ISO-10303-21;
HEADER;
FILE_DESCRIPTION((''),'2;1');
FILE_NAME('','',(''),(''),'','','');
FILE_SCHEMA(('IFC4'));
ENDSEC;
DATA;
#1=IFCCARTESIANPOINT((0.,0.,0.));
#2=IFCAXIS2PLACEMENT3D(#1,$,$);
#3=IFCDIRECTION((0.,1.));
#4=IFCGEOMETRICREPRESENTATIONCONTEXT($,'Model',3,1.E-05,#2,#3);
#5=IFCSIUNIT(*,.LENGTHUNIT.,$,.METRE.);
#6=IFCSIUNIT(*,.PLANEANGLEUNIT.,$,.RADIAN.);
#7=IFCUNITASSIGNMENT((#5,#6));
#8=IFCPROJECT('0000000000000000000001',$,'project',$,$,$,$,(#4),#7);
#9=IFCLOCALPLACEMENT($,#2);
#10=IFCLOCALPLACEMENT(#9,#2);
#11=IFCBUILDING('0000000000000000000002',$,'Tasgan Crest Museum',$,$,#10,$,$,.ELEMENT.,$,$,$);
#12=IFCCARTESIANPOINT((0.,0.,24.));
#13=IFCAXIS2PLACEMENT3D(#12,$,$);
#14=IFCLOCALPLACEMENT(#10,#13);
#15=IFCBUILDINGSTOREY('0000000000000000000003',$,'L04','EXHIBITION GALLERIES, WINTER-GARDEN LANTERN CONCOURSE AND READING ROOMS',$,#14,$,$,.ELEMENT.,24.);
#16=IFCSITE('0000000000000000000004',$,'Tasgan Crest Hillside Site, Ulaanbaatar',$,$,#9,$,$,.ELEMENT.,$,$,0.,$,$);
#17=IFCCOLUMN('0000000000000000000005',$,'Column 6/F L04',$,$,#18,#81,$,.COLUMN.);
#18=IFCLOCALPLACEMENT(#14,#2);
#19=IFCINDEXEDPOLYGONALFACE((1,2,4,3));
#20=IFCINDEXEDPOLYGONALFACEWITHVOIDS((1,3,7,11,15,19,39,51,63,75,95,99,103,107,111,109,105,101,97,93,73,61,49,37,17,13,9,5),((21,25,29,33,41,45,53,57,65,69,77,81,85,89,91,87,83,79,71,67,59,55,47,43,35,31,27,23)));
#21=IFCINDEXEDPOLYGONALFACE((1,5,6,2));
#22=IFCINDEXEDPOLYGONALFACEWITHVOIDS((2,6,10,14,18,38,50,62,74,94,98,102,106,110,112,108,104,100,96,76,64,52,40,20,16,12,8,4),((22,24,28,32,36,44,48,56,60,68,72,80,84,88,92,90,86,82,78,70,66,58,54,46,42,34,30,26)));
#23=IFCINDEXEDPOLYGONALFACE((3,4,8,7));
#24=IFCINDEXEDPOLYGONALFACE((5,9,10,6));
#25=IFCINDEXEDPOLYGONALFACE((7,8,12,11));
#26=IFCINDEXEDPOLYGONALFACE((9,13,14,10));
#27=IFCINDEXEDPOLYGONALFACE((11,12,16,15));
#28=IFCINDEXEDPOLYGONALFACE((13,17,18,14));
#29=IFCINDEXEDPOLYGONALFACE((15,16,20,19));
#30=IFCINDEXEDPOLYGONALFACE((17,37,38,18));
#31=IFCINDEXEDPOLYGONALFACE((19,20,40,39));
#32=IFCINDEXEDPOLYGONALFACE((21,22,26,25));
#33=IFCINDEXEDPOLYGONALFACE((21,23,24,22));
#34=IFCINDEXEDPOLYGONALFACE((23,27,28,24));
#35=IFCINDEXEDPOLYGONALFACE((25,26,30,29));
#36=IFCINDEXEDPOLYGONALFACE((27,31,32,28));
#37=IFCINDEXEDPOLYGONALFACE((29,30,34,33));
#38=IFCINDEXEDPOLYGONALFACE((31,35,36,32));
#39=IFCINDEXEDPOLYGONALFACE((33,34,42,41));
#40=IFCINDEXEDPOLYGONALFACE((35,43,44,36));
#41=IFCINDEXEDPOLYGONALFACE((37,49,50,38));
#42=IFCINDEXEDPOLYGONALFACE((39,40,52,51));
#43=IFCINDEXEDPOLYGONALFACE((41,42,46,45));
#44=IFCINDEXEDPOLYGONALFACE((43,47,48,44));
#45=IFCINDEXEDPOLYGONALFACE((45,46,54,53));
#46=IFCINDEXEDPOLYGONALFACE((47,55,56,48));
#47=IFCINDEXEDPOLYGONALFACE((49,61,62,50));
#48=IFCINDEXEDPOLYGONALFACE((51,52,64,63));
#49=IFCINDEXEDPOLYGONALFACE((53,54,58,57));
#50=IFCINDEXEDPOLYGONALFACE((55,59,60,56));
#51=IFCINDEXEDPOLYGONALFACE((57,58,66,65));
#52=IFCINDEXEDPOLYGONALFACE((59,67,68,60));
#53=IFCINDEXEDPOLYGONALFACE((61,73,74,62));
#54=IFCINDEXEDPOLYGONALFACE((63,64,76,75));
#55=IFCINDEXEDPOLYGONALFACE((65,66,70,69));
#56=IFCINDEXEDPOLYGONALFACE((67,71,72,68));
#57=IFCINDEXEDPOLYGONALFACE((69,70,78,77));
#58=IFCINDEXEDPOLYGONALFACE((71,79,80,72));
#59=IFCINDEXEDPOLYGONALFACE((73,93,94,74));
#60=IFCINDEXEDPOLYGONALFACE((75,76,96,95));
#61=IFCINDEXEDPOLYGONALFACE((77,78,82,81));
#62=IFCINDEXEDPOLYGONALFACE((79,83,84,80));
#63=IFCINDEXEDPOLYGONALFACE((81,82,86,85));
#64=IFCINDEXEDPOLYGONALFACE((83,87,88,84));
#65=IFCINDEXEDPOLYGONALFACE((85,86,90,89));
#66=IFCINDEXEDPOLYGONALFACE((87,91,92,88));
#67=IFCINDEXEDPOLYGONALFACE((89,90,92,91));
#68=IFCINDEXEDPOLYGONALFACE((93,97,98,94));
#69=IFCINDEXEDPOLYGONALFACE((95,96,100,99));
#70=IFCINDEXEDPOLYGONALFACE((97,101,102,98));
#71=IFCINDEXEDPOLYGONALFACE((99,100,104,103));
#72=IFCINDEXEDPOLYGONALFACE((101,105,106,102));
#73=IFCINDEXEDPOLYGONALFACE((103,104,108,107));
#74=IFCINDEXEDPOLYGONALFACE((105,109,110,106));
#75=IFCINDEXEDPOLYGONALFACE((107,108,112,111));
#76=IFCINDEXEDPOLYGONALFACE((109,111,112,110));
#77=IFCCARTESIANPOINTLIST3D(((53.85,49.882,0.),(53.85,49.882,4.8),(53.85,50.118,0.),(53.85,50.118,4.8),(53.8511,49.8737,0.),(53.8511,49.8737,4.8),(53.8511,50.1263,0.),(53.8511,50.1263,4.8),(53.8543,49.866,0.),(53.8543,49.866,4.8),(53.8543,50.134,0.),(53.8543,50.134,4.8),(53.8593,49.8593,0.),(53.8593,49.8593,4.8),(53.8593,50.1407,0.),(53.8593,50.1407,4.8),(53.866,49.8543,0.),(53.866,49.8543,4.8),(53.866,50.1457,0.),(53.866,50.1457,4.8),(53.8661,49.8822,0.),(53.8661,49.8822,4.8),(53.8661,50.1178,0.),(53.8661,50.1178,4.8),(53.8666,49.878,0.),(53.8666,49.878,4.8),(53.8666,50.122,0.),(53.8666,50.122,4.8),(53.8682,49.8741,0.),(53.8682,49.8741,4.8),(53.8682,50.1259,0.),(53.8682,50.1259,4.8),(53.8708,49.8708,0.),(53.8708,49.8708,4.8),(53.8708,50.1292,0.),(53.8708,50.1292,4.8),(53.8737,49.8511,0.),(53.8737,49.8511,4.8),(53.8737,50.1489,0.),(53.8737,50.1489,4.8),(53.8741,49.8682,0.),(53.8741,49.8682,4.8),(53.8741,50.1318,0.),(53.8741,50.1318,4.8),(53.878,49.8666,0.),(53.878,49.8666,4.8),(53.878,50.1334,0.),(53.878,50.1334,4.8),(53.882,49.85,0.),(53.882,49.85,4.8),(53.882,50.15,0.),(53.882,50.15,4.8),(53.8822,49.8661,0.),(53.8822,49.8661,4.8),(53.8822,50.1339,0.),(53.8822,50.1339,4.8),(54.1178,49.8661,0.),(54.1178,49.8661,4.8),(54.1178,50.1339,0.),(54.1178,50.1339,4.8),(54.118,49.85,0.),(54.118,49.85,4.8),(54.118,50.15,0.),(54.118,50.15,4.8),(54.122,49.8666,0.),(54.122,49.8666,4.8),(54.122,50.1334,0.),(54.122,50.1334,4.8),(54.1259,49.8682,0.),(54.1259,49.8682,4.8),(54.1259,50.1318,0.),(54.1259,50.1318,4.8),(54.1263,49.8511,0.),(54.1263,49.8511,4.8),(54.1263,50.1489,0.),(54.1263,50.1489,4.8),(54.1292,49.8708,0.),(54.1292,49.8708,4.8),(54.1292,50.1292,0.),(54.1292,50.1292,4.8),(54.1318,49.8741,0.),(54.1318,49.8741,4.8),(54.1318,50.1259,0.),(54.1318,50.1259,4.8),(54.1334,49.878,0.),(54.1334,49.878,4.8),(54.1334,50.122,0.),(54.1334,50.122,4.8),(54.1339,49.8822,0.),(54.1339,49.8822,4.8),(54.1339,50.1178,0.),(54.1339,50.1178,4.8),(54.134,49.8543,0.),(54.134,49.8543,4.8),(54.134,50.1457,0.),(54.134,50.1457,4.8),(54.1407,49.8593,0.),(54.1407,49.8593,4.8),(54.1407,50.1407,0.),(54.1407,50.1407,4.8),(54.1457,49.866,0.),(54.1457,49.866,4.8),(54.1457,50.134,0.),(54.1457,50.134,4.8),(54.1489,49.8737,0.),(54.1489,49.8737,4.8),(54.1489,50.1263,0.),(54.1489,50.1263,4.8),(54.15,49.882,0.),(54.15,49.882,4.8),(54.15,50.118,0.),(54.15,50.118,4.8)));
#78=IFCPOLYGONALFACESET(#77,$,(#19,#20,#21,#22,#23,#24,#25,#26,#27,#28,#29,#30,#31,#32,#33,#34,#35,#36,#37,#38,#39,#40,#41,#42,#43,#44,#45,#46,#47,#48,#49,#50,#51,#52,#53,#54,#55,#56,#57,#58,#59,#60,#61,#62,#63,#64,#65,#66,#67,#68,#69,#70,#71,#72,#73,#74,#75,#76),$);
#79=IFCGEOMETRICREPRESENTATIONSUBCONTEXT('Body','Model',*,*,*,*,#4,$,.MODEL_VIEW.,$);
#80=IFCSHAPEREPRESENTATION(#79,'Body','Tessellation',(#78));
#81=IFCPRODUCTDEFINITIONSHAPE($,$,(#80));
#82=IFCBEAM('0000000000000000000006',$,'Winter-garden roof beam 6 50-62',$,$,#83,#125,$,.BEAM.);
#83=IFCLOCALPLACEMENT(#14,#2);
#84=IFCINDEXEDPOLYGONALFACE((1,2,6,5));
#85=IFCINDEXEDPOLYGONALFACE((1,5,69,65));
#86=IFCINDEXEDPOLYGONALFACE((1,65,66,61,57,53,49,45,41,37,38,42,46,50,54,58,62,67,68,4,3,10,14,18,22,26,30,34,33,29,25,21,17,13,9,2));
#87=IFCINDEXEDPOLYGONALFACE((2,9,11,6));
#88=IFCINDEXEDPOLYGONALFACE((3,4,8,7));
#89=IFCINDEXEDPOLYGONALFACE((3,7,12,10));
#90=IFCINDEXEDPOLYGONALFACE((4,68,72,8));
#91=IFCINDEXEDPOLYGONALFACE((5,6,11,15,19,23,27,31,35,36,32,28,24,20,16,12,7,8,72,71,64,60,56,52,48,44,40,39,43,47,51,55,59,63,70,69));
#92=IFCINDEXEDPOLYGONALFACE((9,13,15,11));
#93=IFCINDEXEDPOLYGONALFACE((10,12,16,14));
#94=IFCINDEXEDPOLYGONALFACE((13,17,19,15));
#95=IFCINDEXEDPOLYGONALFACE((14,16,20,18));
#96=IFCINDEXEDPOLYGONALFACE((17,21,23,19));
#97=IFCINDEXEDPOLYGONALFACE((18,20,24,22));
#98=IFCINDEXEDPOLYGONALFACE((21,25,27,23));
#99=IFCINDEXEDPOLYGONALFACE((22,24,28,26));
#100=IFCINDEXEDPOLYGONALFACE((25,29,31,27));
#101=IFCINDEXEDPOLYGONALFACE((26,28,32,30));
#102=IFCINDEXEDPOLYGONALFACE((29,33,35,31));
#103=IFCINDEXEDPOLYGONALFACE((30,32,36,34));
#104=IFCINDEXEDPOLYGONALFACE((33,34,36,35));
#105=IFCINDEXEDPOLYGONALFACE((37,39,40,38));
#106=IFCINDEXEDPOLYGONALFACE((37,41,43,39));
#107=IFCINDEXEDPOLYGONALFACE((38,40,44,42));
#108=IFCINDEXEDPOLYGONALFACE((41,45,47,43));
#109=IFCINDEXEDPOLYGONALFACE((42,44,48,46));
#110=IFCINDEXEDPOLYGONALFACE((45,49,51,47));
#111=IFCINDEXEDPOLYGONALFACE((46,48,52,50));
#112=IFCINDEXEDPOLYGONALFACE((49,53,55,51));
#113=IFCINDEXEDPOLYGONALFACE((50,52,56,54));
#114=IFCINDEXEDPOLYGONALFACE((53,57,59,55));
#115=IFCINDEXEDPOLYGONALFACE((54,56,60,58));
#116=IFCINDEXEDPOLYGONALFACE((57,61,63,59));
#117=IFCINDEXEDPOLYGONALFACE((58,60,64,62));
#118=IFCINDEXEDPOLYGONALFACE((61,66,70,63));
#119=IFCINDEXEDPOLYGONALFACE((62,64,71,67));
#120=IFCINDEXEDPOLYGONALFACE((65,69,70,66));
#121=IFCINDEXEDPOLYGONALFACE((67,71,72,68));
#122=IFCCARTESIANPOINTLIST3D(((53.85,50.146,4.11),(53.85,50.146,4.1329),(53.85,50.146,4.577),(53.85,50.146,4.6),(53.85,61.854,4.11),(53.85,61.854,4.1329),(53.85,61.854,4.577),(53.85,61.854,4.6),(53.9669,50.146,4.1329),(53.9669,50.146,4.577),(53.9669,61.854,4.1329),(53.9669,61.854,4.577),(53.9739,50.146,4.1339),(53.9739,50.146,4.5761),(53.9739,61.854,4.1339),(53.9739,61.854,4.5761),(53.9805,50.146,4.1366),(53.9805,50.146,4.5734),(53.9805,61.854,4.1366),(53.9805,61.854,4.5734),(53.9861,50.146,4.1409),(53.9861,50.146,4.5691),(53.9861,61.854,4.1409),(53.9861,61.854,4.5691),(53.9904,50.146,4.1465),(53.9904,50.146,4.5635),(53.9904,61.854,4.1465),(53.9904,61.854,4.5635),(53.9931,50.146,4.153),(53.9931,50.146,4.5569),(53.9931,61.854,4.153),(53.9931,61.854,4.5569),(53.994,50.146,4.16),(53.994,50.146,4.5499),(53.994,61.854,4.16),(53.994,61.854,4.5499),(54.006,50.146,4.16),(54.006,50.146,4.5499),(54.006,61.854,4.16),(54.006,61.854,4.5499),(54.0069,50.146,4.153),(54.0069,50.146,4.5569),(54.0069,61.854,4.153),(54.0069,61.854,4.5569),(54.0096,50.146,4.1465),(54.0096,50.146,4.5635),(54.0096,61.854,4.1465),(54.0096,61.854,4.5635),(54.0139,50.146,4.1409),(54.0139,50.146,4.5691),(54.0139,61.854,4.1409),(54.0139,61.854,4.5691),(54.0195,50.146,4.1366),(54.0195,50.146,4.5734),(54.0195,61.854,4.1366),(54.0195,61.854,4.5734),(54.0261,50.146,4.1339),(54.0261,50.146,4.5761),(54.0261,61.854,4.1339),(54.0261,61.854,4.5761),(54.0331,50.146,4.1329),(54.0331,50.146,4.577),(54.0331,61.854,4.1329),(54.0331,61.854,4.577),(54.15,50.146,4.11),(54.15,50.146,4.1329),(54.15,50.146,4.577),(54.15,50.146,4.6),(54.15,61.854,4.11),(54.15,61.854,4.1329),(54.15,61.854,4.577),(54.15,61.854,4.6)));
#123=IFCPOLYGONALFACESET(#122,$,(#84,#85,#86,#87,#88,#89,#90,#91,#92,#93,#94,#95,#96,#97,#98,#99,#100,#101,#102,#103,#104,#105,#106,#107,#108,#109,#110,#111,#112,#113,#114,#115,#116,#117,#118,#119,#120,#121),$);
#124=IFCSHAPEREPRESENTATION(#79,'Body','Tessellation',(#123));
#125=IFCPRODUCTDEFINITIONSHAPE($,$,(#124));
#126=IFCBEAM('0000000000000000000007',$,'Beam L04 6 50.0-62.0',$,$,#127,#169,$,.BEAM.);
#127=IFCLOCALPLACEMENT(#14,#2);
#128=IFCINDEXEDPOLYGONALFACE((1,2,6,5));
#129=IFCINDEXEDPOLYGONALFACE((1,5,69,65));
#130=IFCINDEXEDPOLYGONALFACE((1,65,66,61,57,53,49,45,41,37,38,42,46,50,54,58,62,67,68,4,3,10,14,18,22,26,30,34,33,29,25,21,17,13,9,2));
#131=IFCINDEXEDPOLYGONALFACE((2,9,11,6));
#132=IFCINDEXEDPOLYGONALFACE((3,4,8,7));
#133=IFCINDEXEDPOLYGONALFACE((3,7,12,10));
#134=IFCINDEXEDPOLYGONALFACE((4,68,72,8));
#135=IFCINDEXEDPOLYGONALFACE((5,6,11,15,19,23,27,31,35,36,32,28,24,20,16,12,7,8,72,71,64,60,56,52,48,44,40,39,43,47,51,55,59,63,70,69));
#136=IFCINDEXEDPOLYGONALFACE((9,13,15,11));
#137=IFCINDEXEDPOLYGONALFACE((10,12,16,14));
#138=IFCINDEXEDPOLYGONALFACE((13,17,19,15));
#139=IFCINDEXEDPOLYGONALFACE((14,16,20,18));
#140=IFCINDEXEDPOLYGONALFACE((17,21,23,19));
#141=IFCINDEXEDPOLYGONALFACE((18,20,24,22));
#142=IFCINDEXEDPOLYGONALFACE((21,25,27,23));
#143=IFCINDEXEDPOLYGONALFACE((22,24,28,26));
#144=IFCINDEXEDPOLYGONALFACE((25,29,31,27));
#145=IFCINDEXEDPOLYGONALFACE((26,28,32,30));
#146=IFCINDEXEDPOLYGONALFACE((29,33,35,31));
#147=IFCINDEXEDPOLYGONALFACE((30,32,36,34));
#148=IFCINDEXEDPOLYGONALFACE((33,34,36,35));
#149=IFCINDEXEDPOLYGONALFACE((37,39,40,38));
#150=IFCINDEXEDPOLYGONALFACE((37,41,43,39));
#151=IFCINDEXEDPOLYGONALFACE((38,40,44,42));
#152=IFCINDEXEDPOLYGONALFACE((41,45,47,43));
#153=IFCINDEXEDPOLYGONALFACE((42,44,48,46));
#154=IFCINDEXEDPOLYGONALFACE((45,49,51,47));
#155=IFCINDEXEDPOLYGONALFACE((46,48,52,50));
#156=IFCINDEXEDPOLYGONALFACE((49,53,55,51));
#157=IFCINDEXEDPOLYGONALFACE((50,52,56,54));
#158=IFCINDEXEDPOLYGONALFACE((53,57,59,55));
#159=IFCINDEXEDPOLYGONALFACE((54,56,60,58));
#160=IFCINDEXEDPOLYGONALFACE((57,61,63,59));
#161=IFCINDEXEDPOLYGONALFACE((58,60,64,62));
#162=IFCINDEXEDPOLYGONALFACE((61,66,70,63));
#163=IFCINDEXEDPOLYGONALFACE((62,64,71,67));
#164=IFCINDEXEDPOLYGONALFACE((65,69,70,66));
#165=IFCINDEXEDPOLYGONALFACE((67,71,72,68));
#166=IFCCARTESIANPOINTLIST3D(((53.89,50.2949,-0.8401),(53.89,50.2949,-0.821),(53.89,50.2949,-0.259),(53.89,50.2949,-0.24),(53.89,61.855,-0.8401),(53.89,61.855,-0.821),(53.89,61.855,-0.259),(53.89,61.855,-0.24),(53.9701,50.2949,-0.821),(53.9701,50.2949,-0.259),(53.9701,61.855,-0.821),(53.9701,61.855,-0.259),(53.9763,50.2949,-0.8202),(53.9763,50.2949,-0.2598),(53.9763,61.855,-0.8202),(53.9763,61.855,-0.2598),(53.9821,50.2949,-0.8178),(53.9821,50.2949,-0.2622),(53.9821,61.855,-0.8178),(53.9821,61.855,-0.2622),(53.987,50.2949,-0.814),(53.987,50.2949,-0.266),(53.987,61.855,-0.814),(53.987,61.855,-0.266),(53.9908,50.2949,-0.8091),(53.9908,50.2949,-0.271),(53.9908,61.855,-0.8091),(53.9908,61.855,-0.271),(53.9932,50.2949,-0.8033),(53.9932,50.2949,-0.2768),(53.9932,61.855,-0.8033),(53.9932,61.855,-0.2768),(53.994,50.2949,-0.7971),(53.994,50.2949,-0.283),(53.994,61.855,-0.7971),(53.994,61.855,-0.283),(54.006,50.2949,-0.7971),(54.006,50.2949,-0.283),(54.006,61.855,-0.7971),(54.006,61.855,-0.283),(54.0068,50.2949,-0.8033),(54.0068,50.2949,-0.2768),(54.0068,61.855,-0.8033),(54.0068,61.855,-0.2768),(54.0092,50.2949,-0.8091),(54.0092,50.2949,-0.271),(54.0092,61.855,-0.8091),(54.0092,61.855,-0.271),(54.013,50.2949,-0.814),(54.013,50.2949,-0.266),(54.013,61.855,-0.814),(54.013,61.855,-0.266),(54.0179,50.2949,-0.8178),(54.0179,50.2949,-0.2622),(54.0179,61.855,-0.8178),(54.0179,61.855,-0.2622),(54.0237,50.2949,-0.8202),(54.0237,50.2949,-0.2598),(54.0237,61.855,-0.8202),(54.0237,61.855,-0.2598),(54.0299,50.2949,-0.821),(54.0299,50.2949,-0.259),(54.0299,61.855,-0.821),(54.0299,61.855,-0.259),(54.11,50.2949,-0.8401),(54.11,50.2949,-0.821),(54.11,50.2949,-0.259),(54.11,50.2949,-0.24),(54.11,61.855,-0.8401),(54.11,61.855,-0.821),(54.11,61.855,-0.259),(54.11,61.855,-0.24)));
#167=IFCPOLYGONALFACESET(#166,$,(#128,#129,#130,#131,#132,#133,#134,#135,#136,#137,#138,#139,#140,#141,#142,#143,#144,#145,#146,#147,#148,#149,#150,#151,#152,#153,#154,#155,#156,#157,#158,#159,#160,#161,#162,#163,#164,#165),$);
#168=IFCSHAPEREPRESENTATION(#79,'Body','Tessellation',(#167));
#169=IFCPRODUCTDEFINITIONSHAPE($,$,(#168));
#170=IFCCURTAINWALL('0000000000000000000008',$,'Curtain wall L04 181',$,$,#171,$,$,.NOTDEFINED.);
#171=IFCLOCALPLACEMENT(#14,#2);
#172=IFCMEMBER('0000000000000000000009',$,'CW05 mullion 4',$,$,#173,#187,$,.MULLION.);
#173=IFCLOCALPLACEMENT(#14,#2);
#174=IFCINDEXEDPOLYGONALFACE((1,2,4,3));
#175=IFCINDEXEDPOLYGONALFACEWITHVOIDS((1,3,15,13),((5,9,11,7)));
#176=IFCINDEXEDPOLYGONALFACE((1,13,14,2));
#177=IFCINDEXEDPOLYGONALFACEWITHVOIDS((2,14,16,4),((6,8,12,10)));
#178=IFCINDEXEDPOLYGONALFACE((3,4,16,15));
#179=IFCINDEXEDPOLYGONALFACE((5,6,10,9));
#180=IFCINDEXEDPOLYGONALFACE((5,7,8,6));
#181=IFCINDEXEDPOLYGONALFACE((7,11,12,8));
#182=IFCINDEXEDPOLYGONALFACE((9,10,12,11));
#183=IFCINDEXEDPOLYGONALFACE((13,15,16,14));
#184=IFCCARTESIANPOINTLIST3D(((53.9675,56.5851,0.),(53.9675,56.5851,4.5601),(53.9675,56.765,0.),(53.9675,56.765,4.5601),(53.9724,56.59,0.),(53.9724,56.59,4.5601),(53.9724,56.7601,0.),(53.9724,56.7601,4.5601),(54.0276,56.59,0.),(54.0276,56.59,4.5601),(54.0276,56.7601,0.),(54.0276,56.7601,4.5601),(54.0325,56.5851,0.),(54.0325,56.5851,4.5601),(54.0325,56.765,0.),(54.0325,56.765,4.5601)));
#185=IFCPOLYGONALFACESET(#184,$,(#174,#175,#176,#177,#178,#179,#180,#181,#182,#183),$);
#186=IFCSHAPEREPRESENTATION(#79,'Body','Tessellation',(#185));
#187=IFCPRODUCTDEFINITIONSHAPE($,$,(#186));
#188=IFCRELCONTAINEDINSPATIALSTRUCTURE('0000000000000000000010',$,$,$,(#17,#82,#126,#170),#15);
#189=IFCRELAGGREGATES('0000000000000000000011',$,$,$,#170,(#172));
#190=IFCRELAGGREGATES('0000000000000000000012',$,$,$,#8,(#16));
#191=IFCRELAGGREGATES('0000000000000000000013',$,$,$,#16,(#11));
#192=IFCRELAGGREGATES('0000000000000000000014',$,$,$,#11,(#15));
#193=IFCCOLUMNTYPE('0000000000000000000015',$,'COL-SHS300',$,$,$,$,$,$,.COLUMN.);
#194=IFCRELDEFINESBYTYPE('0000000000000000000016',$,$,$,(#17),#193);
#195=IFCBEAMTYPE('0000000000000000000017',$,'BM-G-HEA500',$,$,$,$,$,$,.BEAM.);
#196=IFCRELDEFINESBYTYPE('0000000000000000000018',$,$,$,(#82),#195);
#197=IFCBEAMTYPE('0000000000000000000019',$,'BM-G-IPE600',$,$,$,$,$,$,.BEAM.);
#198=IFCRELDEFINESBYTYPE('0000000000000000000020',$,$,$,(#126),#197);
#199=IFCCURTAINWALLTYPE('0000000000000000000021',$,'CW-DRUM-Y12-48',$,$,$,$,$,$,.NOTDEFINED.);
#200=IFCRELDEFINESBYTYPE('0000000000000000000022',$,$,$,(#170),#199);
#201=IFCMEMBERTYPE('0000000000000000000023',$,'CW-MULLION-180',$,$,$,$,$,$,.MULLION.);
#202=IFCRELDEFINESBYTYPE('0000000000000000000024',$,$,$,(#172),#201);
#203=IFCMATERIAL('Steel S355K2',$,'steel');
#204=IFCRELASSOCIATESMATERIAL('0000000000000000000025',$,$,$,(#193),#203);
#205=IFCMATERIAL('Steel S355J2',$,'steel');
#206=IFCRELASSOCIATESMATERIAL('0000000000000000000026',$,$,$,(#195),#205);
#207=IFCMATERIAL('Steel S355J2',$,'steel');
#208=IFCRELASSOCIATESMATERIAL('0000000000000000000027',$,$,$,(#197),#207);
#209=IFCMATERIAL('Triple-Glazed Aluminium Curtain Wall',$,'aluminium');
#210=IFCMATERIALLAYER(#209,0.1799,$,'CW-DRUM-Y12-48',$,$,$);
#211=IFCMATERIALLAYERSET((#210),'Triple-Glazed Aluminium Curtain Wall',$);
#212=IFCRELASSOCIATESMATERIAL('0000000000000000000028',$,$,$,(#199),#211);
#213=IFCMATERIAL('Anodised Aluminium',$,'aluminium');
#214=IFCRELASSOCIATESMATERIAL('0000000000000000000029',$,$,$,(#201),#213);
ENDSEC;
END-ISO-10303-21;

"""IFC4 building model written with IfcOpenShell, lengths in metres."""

from ifc_helpers import new_model, si_unit, direction, frame, origin, origin_2d, place, context, subcontext, project, spatial, hollow_rectangle, i_section, extrude, material, layer, layer_set, material_profile, profile_set, type_object, element, aggregate, save


model = new_model("IFC4")

# Units and contexts
model_context = context("Model", 3, precision=1e-05, world=origin(), true_north=direction((0.0, 1.0)))
body_context = subcontext(model_context, "Body", "Model", "MODEL_VIEW")
ifc_project = project(units=[si_unit("LENGTHUNIT", "METRE"), si_unit("PLANEANGLEUNIT", "RADIAN")], contexts=[model_context])

# Site, building, storey
site_placement = place(None, origin())
site = spatial("IfcSite", under=ifc_project, at=site_placement, Name="Tasgan Crest Hillside Site, Ulaanbaatar", CompositionType="ELEMENT", RefElevation=0.0)
building_placement = place(site_placement, origin())
building = spatial("IfcBuilding", under=site, at=building_placement, Name="Tasgan Crest Museum", CompositionType="ELEMENT")
storey_placement = place(building_placement, frame((0.0, 0.0, 24.0)))
storey = spatial("IfcBuildingStorey", under=building, at=storey_placement, Name="L04", Description="EXHIBITION GALLERIES, WINTER-GARDEN LANTERN CONCOURSE AND READING ROOMS", CompositionType="ELEMENT", Elevation=24.0)

# Column
ifc_material_1 = material(Name="Steel S355K2", Category="steel")
ifc_material_profile_1 = material_profile(ifc_material_1, hollow_rectangle(XDim=0.3, YDim=0.3, WallThickness=0.0161, InnerFilletRadius=0.0161, OuterFilletRadius=0.032, at=origin_2d()), Name="SHS 300x300x16")
ifc_profile_set_1 = profile_set([ifc_material_profile_1], Name="Steel S355K2")
column_type = type_object("IfcColumnType", Name="COL-SHS300", PredefinedType="COLUMN", material=ifc_profile_set_1)
column_placement = place(storey_placement, frame((54.0, 50.0, 0.0), z_axis=(0.0, 0.0, 1.0), x_axis=(1.0, 0.0, 0.0)))
element("IfcColumn", 1, at=column_placement, inside=storey, type_object=column_type, Name="Column 6/F L04", PredefinedType="COLUMN", context=body_context, shape_type="SweptSolid", body=[
    extrude(hollow_rectangle(XDim=0.3, YDim=0.3, WallThickness=0.0161, InnerFilletRadius=0.0161, OuterFilletRadius=0.032, at=origin_2d()), origin(), (0.0, 0.0, 1.0), 4.8),
])

# Beams
ifc_material_2 = material(Name="Steel S355J2", Category="steel")
ifc_material_profile_2 = material_profile(ifc_material_2, i_section(OverallWidth=0.3, OverallDepth=0.49, WebThickness=0.012, FlangeThickness=0.0229, FilletRadius=0.0271, at=origin_2d()), Name="HEA 500")
ifc_profile_set_2 = profile_set([ifc_material_profile_2], Name="Steel S355J2")
beam_type_1 = type_object("IfcBeamType", Name="BM-G-HEA500", PredefinedType="BEAM", material=ifc_profile_set_2)
beam_1_placement = place(storey_placement, frame((54.0, 50.146, 4.355), z_axis=(0.0, 1.0, 0.0), x_axis=(-1.0, 0.0, 0.0)))
element("IfcBeam", 2, at=beam_1_placement, inside=storey, type_object=beam_type_1, Name="Winter-garden roof beam 6 50-62", PredefinedType="BEAM", context=body_context, shape_type="SweptSolid", body=[
    extrude(i_section(OverallWidth=0.3, OverallDepth=0.49, WebThickness=0.012, FlangeThickness=0.0229, FilletRadius=0.0271, at=origin_2d()), origin(), (0.0, 0.0, 1.0), 11.708),
])
ifc_material_3 = material(Name="Steel S355J2", Category="steel")
ifc_material_profile_3 = material_profile(ifc_material_3, i_section(OverallWidth=0.22, OverallDepth=0.6001, WebThickness=0.012, FlangeThickness=0.019, FilletRadius=0.0239, at=origin_2d()), Name="IPE 600")
ifc_profile_set_3 = profile_set([ifc_material_profile_3], Name="Steel S355J2")
beam_type_2 = type_object("IfcBeamType", Name="BM-G-IPE600", PredefinedType="BEAM", material=ifc_profile_set_3)
beam_2_placement = place(storey_placement, frame((54.0, 50.2949, -0.54), z_axis=(0.0, 1.0, 0.0), x_axis=(-1.0, 0.0, 0.0)))
element("IfcBeam", 3, at=beam_2_placement, inside=storey, type_object=beam_type_2, Name="Beam L04 6 50.0-62.0", PredefinedType="BEAM", context=body_context, shape_type="SweptSolid", body=[
    extrude(i_section(OverallWidth=0.22, OverallDepth=0.6001, WebThickness=0.012, FlangeThickness=0.019, FilletRadius=0.0239, at=origin_2d()), origin(), (0.0, 0.0, 1.0), 11.5601),
])

# Curtain wall, member
ifc_material_4 = material(Name="Triple-Glazed Aluminium Curtain Wall", Category="aluminium")
ifc_layer_1 = layer(ifc_material_4, 0.1799, Name="CW-DRUM-Y12-48")
ifc_layer_set_1 = layer_set([ifc_layer_1], Name="Triple-Glazed Aluminium Curtain Wall")
curtain_wall_type = type_object("IfcCurtainWallType", Name="CW-DRUM-Y12-48", PredefinedType="NOTDEFINED", material=ifc_layer_set_1)
curtain_wall_1_placement = place(storey_placement, origin())
curtain_wall_1 = element("IfcCurtainWall", 4, at=curtain_wall_1_placement, inside=storey, type_object=curtain_wall_type, Name="Curtain wall L04 181", PredefinedType="NOTDEFINED")
ifc_material_5 = material(Name="Anodised Aluminium", Category="aluminium")
ifc_material_profile_4 = material_profile(ifc_material_5, hollow_rectangle(XDim=0.0649, YDim=0.1799, WallThickness=0.0049, at=origin_2d()), Name="ALU MULLION 180x65x5")
ifc_profile_set_4 = profile_set([ifc_material_profile_4], Name="Anodised Aluminium")
member_type_1 = type_object("IfcMemberType", Name="CW-MULLION-180", PredefinedType="MULLION", material=ifc_profile_set_4)
member_1_placement = place(storey_placement, frame((54.0, 56.675, 0.0), z_axis=(0.0, 0.0, 1.0), x_axis=(1.0, 0.0, 0.0)))
member_1 = element("IfcMember", 5, at=member_1_placement, type_object=member_type_1, Name="CW05 mullion 4", PredefinedType="MULLION", context=body_context, shape_type="SweptSolid", body=[
    extrude(hollow_rectangle(XDim=0.0649, YDim=0.1799, WallThickness=0.0049, at=origin_2d()), origin(), (0.0, 0.0, 1.0), 4.5601),
])
aggregate(curtain_wall_1, [member_1])

save(model, "model.ifc")
